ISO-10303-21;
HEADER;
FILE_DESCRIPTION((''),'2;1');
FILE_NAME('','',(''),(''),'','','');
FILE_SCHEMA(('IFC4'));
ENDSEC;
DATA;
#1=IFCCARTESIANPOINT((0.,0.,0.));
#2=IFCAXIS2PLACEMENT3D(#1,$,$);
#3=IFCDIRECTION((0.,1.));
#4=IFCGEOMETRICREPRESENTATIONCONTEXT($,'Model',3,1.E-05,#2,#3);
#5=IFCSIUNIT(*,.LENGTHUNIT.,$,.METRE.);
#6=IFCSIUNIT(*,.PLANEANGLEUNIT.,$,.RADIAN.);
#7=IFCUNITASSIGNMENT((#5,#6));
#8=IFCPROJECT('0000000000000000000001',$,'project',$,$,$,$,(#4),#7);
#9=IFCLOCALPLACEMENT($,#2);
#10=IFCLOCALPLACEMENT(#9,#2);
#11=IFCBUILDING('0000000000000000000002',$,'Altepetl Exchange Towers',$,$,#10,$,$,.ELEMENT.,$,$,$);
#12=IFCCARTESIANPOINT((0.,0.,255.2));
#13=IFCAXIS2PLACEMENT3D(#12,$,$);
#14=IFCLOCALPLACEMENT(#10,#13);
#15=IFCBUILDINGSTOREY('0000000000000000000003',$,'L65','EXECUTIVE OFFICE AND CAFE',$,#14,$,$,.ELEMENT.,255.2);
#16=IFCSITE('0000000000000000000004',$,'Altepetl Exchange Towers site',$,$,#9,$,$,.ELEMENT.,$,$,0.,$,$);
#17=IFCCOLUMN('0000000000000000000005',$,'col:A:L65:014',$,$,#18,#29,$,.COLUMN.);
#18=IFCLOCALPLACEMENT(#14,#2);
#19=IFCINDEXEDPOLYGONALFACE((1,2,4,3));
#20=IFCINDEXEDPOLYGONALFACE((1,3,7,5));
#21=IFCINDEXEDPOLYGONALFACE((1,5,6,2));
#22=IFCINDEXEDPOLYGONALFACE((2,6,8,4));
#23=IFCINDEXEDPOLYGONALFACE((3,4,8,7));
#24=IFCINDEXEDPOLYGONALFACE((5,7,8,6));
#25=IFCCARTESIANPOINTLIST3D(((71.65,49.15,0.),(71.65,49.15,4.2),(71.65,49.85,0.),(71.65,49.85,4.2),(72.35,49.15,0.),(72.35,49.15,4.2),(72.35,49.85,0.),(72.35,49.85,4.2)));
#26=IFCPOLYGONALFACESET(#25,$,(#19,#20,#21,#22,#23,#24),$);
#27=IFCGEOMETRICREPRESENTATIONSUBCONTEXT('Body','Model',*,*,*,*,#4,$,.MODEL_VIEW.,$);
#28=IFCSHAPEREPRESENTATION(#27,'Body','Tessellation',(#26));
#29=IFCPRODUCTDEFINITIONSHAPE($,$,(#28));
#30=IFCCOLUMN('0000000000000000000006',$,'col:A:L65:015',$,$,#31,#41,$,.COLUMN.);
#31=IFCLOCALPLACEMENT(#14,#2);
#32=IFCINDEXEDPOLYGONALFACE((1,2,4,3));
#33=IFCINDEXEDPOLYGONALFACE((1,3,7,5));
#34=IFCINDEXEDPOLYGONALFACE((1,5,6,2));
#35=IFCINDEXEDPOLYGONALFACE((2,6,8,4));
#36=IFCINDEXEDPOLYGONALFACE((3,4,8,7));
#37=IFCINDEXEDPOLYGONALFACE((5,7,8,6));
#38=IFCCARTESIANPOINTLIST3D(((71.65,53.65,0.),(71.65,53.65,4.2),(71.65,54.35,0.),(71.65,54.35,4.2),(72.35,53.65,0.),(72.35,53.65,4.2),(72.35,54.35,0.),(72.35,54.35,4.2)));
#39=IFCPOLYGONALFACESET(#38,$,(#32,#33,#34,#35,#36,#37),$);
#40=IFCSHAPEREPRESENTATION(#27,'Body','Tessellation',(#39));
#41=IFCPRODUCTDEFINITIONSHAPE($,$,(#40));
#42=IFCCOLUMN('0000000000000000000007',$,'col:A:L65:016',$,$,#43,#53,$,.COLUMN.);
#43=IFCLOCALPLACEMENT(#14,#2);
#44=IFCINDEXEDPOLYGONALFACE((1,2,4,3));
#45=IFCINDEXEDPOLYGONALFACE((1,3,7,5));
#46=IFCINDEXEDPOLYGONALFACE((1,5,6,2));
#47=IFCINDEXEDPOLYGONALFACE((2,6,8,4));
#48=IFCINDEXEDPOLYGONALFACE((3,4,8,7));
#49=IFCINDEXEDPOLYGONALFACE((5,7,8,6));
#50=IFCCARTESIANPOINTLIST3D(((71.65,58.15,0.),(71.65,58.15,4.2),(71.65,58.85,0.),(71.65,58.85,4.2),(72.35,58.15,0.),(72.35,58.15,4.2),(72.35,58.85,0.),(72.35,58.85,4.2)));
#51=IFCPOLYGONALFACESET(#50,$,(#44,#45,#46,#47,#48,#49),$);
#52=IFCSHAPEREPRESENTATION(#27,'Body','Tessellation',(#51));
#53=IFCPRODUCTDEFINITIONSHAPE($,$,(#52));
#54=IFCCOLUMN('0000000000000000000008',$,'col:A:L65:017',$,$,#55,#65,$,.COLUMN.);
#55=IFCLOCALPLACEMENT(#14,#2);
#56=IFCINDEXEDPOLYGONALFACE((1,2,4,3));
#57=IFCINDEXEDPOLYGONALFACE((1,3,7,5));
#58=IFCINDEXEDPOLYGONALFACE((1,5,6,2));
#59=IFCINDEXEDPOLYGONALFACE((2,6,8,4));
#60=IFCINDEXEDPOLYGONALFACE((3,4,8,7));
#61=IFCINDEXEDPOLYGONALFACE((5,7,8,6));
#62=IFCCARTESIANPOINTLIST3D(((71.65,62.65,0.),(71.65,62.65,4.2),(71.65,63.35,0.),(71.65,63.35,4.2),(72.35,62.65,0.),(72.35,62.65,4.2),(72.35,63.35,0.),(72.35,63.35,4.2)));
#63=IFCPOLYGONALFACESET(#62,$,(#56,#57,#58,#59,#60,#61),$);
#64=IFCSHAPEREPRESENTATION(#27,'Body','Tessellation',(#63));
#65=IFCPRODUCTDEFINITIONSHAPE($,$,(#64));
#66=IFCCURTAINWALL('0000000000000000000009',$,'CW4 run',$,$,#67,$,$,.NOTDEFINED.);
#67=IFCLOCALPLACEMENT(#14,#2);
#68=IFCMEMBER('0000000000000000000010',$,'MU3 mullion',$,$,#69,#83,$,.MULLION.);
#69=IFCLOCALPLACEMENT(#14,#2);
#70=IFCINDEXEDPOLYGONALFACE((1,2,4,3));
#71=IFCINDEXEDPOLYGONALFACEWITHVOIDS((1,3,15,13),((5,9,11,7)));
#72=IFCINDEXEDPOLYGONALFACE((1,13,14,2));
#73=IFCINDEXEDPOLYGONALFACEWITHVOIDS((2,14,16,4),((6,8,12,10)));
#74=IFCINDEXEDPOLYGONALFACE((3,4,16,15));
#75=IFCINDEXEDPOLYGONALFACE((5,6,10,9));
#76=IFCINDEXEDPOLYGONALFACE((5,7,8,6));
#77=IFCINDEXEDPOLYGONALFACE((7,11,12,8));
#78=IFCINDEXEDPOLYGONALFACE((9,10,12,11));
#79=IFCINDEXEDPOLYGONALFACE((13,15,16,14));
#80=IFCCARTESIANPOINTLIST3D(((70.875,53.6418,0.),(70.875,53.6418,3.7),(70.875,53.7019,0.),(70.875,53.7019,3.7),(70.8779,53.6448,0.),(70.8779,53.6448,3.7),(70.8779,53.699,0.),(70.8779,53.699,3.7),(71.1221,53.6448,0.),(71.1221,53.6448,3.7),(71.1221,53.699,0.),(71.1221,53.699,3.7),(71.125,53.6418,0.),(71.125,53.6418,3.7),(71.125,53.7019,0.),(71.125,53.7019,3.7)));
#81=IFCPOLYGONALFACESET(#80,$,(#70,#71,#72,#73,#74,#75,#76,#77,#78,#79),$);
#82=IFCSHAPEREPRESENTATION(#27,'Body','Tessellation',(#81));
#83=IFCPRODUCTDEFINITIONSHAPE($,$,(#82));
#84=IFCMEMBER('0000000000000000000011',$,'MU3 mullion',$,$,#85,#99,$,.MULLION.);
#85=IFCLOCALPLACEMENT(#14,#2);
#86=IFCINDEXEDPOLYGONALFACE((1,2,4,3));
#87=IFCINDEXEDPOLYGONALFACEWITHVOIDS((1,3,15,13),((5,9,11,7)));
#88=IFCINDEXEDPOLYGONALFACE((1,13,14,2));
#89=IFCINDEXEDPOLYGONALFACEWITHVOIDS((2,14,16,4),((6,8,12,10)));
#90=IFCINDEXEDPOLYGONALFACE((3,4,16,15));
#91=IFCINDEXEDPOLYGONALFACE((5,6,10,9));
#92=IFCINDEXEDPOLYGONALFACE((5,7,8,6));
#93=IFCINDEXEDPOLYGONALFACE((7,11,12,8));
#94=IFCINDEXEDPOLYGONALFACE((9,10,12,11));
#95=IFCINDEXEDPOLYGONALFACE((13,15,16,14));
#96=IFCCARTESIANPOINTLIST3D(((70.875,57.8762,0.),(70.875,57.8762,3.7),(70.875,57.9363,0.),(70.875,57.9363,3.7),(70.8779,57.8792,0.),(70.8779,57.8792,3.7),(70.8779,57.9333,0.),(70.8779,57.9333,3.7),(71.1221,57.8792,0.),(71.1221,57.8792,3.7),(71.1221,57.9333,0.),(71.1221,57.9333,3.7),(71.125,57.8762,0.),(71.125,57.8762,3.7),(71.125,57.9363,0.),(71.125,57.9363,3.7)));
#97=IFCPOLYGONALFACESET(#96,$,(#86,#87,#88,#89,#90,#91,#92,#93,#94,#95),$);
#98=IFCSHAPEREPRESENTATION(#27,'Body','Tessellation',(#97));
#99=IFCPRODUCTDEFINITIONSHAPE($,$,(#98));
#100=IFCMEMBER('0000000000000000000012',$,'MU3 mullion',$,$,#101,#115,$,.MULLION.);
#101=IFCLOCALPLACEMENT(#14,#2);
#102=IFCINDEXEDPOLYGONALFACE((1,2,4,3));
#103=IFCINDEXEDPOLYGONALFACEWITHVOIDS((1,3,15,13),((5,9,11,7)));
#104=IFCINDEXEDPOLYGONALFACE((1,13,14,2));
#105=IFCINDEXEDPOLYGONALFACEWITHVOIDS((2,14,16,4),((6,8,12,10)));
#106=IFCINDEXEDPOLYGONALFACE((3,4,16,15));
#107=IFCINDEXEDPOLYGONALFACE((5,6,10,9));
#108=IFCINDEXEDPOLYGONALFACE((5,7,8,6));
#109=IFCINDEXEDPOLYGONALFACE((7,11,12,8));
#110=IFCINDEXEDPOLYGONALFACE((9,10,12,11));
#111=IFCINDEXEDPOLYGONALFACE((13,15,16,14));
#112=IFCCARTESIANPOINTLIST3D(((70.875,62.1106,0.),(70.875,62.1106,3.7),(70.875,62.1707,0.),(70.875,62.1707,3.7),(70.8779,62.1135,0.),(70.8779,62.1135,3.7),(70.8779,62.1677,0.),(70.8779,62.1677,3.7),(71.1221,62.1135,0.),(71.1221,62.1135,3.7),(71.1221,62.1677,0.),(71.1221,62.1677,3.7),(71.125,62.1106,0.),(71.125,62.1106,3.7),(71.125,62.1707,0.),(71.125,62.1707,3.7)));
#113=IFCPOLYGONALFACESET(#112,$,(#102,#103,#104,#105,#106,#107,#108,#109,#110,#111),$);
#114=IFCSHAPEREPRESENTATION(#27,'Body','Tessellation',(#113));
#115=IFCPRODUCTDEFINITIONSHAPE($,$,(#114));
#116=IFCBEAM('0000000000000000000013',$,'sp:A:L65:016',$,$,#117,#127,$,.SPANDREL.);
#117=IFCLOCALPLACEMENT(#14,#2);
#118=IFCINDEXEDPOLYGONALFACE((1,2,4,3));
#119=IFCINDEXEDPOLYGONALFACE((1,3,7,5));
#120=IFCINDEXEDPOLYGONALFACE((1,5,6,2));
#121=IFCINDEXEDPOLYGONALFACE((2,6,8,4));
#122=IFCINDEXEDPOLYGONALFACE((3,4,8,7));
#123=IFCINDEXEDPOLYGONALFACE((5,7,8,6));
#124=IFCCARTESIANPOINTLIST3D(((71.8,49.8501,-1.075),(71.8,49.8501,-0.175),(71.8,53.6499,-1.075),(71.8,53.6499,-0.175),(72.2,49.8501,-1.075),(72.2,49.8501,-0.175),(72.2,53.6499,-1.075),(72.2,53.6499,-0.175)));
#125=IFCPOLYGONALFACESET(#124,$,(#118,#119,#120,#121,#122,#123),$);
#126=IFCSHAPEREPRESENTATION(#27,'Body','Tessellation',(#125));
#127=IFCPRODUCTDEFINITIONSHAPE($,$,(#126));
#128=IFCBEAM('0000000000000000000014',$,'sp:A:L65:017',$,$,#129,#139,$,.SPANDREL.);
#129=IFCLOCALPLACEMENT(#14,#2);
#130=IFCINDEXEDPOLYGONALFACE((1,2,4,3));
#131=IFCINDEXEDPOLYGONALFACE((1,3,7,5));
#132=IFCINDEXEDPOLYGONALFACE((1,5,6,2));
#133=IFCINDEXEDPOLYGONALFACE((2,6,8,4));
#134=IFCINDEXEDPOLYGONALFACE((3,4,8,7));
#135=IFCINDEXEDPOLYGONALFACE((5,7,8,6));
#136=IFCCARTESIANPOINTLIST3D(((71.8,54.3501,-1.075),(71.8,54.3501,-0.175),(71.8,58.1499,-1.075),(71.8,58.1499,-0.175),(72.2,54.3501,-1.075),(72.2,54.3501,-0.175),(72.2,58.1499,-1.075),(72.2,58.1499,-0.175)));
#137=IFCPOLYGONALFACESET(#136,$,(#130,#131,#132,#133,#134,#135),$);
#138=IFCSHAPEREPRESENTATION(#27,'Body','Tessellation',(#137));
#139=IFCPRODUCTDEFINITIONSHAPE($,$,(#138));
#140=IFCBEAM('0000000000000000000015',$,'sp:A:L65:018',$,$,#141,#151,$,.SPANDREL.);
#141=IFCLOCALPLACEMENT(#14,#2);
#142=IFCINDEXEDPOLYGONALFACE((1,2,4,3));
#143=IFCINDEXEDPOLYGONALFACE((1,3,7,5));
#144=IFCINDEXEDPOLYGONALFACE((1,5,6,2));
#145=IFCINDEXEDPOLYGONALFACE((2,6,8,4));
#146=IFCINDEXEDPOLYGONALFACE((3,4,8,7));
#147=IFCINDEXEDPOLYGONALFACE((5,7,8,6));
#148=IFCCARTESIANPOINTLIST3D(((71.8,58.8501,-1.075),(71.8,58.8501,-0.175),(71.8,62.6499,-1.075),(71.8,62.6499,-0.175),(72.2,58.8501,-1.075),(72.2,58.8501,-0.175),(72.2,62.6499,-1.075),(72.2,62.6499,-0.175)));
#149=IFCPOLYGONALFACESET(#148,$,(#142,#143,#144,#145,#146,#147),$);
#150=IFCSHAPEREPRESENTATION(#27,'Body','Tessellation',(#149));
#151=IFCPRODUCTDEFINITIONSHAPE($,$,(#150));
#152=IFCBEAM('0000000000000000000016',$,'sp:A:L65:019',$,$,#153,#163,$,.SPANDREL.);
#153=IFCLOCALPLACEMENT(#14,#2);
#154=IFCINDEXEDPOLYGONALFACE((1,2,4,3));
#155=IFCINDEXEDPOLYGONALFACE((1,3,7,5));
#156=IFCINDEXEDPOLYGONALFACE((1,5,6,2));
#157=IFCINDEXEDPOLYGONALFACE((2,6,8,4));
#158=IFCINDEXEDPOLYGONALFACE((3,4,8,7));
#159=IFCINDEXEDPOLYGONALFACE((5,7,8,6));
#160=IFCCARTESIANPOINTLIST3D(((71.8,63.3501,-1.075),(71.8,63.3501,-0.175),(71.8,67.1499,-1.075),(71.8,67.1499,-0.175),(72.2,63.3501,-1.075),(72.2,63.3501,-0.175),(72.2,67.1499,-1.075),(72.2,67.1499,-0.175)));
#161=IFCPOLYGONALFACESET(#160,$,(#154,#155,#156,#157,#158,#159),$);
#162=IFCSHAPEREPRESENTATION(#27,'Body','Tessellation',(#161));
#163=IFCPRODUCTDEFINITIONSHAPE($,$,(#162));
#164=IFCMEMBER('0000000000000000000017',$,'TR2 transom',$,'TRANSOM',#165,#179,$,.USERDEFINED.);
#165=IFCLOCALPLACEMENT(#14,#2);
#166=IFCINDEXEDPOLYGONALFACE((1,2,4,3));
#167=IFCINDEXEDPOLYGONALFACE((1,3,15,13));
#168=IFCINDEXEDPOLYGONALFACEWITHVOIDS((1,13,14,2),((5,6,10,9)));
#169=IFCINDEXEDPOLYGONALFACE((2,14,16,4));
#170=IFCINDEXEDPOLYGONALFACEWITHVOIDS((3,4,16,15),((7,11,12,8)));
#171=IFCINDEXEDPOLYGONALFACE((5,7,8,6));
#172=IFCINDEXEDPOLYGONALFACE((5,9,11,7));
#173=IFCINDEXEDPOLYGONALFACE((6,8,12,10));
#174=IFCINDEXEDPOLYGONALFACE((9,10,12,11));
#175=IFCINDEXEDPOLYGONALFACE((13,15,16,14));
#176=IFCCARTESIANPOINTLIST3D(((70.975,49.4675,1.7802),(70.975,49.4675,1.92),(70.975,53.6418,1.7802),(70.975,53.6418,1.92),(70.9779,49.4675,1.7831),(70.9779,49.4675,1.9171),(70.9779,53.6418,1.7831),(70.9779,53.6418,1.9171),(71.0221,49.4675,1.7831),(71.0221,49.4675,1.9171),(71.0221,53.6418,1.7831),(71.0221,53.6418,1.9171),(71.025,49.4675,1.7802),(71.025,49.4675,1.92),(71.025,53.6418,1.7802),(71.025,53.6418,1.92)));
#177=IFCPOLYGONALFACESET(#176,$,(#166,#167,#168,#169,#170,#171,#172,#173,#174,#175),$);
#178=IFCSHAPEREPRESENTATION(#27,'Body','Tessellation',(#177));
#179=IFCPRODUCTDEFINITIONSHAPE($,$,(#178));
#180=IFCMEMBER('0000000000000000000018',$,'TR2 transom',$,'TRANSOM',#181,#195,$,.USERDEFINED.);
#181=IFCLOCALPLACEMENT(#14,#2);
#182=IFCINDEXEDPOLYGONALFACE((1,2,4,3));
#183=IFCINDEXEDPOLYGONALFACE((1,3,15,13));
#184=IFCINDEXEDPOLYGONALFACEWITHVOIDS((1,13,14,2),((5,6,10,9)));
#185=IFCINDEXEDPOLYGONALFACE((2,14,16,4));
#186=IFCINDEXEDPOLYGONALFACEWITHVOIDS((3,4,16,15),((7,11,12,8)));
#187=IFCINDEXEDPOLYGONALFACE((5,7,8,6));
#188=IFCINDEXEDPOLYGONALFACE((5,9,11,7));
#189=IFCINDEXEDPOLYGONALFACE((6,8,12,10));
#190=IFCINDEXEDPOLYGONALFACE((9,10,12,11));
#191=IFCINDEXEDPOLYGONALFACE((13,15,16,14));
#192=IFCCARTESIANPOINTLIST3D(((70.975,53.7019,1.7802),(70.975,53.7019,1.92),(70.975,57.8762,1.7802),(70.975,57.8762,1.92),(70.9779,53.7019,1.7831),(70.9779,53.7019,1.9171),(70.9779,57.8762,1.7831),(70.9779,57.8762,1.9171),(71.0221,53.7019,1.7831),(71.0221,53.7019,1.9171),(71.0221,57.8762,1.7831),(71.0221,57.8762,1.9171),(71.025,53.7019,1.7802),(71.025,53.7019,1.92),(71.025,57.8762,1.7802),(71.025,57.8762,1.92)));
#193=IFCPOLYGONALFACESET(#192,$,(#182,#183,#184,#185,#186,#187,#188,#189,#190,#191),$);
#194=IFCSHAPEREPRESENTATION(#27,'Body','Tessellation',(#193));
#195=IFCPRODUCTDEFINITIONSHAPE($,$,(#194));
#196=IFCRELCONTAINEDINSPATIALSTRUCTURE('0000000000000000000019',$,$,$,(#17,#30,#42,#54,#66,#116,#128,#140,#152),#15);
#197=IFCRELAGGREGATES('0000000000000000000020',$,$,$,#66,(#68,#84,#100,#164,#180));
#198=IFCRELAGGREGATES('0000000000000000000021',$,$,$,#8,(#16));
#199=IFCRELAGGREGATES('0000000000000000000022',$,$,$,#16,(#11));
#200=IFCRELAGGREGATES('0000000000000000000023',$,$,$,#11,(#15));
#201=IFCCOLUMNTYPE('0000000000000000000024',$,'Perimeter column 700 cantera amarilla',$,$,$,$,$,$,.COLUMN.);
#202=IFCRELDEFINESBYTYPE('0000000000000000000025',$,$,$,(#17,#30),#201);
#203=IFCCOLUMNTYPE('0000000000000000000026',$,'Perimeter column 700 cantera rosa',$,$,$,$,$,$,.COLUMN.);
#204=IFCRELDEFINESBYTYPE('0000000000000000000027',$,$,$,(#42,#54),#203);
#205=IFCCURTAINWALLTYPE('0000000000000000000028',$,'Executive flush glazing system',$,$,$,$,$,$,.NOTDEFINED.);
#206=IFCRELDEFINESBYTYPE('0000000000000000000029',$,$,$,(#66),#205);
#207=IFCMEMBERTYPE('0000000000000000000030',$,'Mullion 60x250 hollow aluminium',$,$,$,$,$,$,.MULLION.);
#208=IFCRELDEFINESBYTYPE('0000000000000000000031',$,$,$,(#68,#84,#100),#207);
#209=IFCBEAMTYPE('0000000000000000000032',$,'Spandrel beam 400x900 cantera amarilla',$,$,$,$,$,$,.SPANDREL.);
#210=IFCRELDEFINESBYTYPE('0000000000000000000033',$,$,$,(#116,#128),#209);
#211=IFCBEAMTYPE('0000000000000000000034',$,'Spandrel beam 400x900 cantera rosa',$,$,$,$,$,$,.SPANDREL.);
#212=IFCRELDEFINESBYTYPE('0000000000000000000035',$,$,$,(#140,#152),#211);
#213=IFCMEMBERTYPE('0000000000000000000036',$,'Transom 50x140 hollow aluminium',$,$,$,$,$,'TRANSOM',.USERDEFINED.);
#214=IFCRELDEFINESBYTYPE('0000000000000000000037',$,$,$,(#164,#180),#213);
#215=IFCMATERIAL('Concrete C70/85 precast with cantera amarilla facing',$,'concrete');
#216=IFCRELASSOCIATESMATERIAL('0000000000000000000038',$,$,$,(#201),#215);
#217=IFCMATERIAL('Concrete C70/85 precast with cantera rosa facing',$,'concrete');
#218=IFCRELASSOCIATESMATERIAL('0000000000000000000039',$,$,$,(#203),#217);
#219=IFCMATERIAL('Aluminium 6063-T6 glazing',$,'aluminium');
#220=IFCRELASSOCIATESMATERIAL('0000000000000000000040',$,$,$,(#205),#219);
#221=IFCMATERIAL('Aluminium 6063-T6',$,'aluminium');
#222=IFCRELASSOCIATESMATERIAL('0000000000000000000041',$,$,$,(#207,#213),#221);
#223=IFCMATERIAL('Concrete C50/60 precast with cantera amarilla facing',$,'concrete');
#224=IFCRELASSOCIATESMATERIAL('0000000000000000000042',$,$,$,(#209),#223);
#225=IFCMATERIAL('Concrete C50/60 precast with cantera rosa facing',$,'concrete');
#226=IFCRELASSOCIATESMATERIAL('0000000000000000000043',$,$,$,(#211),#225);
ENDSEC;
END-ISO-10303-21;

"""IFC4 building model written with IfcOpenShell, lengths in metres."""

from ifc_helpers import new_model, si_unit, direction, frame, origin, origin_2d, place, context, subcontext, project, spatial, rectangle, hollow_rectangle, extrude, material, material_profile, profile_set, type_object, element, aggregate, save


model = new_model("IFC4")

# Units and contexts
model_context = context("Model", 3, precision=1e-05, world=origin(), true_north=direction((0.0, 1.0)))
body_context = subcontext(model_context, "Body", "Model", "MODEL_VIEW")
ifc_project = project(units=[si_unit("LENGTHUNIT", "METRE"), si_unit("PLANEANGLEUNIT", "RADIAN")], contexts=[model_context])

# Site, building, storey
site_placement = place(None, origin())
site = spatial("IfcSite", under=ifc_project, at=site_placement, Name="Altepetl Exchange Towers site", CompositionType="ELEMENT", RefElevation=0.0)
building_placement = place(site_placement, origin())
building = spatial("IfcBuilding", under=site, at=building_placement, Name="Altepetl Exchange Towers", CompositionType="ELEMENT")
storey_placement = place(building_placement, frame((0.0, 0.0, 255.2)))
storey = spatial("IfcBuildingStorey", under=building, at=storey_placement, Name="L65", Description="EXECUTIVE OFFICE AND CAFE", CompositionType="ELEMENT", Elevation=255.2)

# Columns
ifc_material_1 = material(Name="Concrete C70/85 precast with cantera amarilla facing", Category="concrete")
ifc_material_profile_1 = material_profile(ifc_material_1, rectangle(XDim=0.7, YDim=0.7, at=origin_2d()), Name="700 x 700")
ifc_profile_set_1 = profile_set([ifc_material_profile_1], Name="Concrete C70/85 precast with cantera amarilla facing")
column_type_1 = type_object("IfcColumnType", Name="Perimeter column 700 cantera amarilla", PredefinedType="COLUMN", material=ifc_profile_set_1)
for number, where, name in (
    (1, (72.0, 49.5, 0.0), "col:A:L65:014"),
    (2, (72.0, 54.0, 0.0), "col:A:L65:015"),
):
    element("IfcColumn", number, at=place(storey_placement, frame(where)), inside=storey, type_object=column_type_1, Name=name, PredefinedType="COLUMN", context=body_context, shape_type="SweptSolid", body=[
        extrude(rectangle(XDim=0.7, YDim=0.7, at=origin_2d()), origin(), (0.0, 0.0, 1.0), 4.2),
    ])
ifc_material_2 = material(Name="Concrete C70/85 precast with cantera rosa facing", Category="concrete")
ifc_material_profile_2 = material_profile(ifc_material_2, rectangle(XDim=0.7, YDim=0.7, at=origin_2d()), Name="700 x 700")
ifc_profile_set_2 = profile_set([ifc_material_profile_2], Name="Concrete C70/85 precast with cantera rosa facing")
column_type_2 = type_object("IfcColumnType", Name="Perimeter column 700 cantera rosa", PredefinedType="COLUMN", material=ifc_profile_set_2)
for number, where, name in (
    (3, (72.0, 58.5, 0.0), "col:A:L65:016"),
    (4, (72.0, 63.0, 0.0), "col:A:L65:017"),
):
    element("IfcColumn", number, at=place(storey_placement, frame(where)), inside=storey, type_object=column_type_2, Name=name, PredefinedType="COLUMN", context=body_context, shape_type="SweptSolid", body=[
        extrude(rectangle(XDim=0.7, YDim=0.7, at=origin_2d()), origin(), (0.0, 0.0, 1.0), 4.2),
    ])

# Curtain wall, members
ifc_material_3 = material(Name="Aluminium 6063-T6 glazing", Category="aluminium")
curtain_wall_type = type_object("IfcCurtainWallType", Name="Executive flush glazing system", PredefinedType="NOTDEFINED", material=ifc_material_3)
curtain_wall_placement = place(storey_placement, origin())
curtain_wall = element("IfcCurtainWall", 5, at=curtain_wall_placement, inside=storey, type_object=curtain_wall_type, Name="CW4 run", PredefinedType="NOTDEFINED")
ifc_material_4 = material(Name="Aluminium 6063-T6", Category="aluminium")
ifc_material_profile_3 = material_profile(ifc_material_4, hollow_rectangle(XDim=0.0601, YDim=0.25, WallThickness=0.0029, at=origin_2d()), Name="Mullion 60x250 hollow aluminium")
ifc_profile_set_3 = profile_set([ifc_material_profile_3], Name="Aluminium 6063-T6")
member_type_1 = type_object("IfcMemberType", Name="Mullion 60x250 hollow aluminium", PredefinedType="MULLION", material=ifc_profile_set_3)
member_1_placement = place(storey_placement, frame((71.0, 53.6719, 0.0), z_axis=(0.0, 0.0, 1.0), x_axis=(0.0, 1.0, 0.0)))
member_1 = element("IfcMember", 6, at=member_1_placement, type_object=member_type_1, Name="MU3 mullion", PredefinedType="MULLION", context=body_context, shape_type="SweptSolid", body=[
    extrude(hollow_rectangle(XDim=0.0601, YDim=0.25, WallThickness=0.0029, at=origin_2d()), origin(), (0.0, 0.0, 1.0), 3.7),
])
member_2_placement = place(storey_placement, frame((71.0, 57.9062, 0.0), z_axis=(0.0, 0.0, 1.0), x_axis=(0.0, 1.0, 0.0)))
member_2 = element("IfcMember", 7, at=member_2_placement, type_object=member_type_1, Name="MU3 mullion", PredefinedType="MULLION", context=body_context, shape_type="SweptSolid", body=[
    extrude(hollow_rectangle(XDim=0.0601, YDim=0.25, WallThickness=0.0029, at=origin_2d()), origin(), (0.0, 0.0, 1.0), 3.7),
])
member_3_placement = place(storey_placement, frame((71.0, 62.1406, 0.0), z_axis=(0.0, 0.0, 1.0), x_axis=(0.0, 1.0, 0.0)))
member_3 = element("IfcMember", 8, at=member_3_placement, type_object=member_type_1, Name="MU3 mullion", PredefinedType="MULLION", context=body_context, shape_type="SweptSolid", body=[
    extrude(hollow_rectangle(XDim=0.0601, YDim=0.25, WallThickness=0.0029, at=origin_2d()), origin(), (0.0, 0.0, 1.0), 3.7),
])

# Beams
ifc_material_5 = material(Name="Concrete C50/60 precast with cantera amarilla facing", Category="concrete")
ifc_material_profile_4 = material_profile(ifc_material_5, rectangle(XDim=0.3999, YDim=0.8999, at=origin_2d()), Name="400 x 900")
ifc_profile_set_4 = profile_set([ifc_material_profile_4], Name="Concrete C50/60 precast with cantera amarilla facing")
beam_type_1 = type_object("IfcBeamType", Name="Spandrel beam 400x900 cantera amarilla", PredefinedType="SPANDREL", material=ifc_profile_set_4)
for number, where, z_axis, x_axis, name in (
    (9, (72.0, 49.8501, -0.625), (0.0, 1.0, 0.0), (-1.0, 0.0, 0.0), "sp:A:L65:016"),
    (10, (72.0, 54.3501, -0.625), (0.0, 1.0, 0.0), (-1.0, 0.0, 0.0), "sp:A:L65:017"),
):
    element("IfcBeam", number, at=place(storey_placement, frame(where, z_axis=z_axis, x_axis=x_axis)), inside=storey, type_object=beam_type_1, Name=name, PredefinedType="SPANDREL", context=body_context, shape_type="SweptSolid", body=[
        extrude(rectangle(XDim=0.3999, YDim=0.8999, at=origin_2d()), origin(), (0.0, 0.0, 1.0), 3.7998),
    ])
ifc_material_6 = material(Name="Concrete C50/60 precast with cantera rosa facing", Category="concrete")
ifc_material_profile_5 = material_profile(ifc_material_6, rectangle(XDim=0.3999, YDim=0.8999, at=origin_2d()), Name="400 x 900")
ifc_profile_set_5 = profile_set([ifc_material_profile_5], Name="Concrete C50/60 precast with cantera rosa facing")
beam_type_2 = type_object("IfcBeamType", Name="Spandrel beam 400x900 cantera rosa", PredefinedType="SPANDREL", material=ifc_profile_set_5)
for number, where, z_axis, x_axis, name in (
    (11, (72.0, 58.8501, -0.625), (0.0, 1.0, 0.0), (-1.0, 0.0, 0.0), "sp:A:L65:018"),
    (12, (72.0, 63.3501, -0.625), (0.0, 1.0, 0.0), (-1.0, 0.0, 0.0), "sp:A:L65:019"),
):
    element("IfcBeam", number, at=place(storey_placement, frame(where, z_axis=z_axis, x_axis=x_axis)), inside=storey, type_object=beam_type_2, Name=name, PredefinedType="SPANDREL", context=body_context, shape_type="SweptSolid", body=[
        extrude(rectangle(XDim=0.3999, YDim=0.8999, at=origin_2d()), origin(), (0.0, 0.0, 1.0), 3.7998),
    ])

# Members
ifc_material_profile_6 = material_profile(ifc_material_4, hollow_rectangle(XDim=0.05, YDim=0.1399, WallThickness=0.0029, at=origin_2d()), Name="Transom 50x140 hollow aluminium")
ifc_profile_set_6 = profile_set([ifc_material_profile_6], Name="Aluminium 6063-T6")
member_type_2 = type_object("IfcMemberType", Name="Transom 50x140 hollow aluminium", ElementType="TRANSOM", PredefinedType="USERDEFINED", material=ifc_profile_set_6)
member_4_placement = place(storey_placement, frame((71.0, 49.4675, 1.8501), z_axis=(0.0, 1.0, 0.0), x_axis=(-1.0, 0.0, 0.0)))
member_4 = element("IfcMember", 13, at=member_4_placement, type_object=member_type_2, Name="TR2 transom", ObjectType="TRANSOM", PredefinedType="USERDEFINED", context=body_context, shape_type="SweptSolid", body=[
    extrude(hollow_rectangle(XDim=0.05, YDim=0.1399, WallThickness=0.0029, at=origin_2d()), origin(), (0.0, 0.0, 1.0), 4.1743),
])
member_5_placement = place(storey_placement, frame((71.0, 53.7019, 1.8501), z_axis=(0.0, 1.0, 0.0), x_axis=(-1.0, 0.0, 0.0)))
member_5 = element("IfcMember", 14, at=member_5_placement, type_object=member_type_2, Name="TR2 transom", ObjectType="TRANSOM", PredefinedType="USERDEFINED", context=body_context, shape_type="SweptSolid", body=[
    extrude(hollow_rectangle(XDim=0.05, YDim=0.1399, WallThickness=0.0029, at=origin_2d()), origin(), (0.0, 0.0, 1.0), 4.1743),
])

aggregate(curtain_wall, [member_1, member_2, member_3, member_4, member_5])

save(model, "model.ifc")
